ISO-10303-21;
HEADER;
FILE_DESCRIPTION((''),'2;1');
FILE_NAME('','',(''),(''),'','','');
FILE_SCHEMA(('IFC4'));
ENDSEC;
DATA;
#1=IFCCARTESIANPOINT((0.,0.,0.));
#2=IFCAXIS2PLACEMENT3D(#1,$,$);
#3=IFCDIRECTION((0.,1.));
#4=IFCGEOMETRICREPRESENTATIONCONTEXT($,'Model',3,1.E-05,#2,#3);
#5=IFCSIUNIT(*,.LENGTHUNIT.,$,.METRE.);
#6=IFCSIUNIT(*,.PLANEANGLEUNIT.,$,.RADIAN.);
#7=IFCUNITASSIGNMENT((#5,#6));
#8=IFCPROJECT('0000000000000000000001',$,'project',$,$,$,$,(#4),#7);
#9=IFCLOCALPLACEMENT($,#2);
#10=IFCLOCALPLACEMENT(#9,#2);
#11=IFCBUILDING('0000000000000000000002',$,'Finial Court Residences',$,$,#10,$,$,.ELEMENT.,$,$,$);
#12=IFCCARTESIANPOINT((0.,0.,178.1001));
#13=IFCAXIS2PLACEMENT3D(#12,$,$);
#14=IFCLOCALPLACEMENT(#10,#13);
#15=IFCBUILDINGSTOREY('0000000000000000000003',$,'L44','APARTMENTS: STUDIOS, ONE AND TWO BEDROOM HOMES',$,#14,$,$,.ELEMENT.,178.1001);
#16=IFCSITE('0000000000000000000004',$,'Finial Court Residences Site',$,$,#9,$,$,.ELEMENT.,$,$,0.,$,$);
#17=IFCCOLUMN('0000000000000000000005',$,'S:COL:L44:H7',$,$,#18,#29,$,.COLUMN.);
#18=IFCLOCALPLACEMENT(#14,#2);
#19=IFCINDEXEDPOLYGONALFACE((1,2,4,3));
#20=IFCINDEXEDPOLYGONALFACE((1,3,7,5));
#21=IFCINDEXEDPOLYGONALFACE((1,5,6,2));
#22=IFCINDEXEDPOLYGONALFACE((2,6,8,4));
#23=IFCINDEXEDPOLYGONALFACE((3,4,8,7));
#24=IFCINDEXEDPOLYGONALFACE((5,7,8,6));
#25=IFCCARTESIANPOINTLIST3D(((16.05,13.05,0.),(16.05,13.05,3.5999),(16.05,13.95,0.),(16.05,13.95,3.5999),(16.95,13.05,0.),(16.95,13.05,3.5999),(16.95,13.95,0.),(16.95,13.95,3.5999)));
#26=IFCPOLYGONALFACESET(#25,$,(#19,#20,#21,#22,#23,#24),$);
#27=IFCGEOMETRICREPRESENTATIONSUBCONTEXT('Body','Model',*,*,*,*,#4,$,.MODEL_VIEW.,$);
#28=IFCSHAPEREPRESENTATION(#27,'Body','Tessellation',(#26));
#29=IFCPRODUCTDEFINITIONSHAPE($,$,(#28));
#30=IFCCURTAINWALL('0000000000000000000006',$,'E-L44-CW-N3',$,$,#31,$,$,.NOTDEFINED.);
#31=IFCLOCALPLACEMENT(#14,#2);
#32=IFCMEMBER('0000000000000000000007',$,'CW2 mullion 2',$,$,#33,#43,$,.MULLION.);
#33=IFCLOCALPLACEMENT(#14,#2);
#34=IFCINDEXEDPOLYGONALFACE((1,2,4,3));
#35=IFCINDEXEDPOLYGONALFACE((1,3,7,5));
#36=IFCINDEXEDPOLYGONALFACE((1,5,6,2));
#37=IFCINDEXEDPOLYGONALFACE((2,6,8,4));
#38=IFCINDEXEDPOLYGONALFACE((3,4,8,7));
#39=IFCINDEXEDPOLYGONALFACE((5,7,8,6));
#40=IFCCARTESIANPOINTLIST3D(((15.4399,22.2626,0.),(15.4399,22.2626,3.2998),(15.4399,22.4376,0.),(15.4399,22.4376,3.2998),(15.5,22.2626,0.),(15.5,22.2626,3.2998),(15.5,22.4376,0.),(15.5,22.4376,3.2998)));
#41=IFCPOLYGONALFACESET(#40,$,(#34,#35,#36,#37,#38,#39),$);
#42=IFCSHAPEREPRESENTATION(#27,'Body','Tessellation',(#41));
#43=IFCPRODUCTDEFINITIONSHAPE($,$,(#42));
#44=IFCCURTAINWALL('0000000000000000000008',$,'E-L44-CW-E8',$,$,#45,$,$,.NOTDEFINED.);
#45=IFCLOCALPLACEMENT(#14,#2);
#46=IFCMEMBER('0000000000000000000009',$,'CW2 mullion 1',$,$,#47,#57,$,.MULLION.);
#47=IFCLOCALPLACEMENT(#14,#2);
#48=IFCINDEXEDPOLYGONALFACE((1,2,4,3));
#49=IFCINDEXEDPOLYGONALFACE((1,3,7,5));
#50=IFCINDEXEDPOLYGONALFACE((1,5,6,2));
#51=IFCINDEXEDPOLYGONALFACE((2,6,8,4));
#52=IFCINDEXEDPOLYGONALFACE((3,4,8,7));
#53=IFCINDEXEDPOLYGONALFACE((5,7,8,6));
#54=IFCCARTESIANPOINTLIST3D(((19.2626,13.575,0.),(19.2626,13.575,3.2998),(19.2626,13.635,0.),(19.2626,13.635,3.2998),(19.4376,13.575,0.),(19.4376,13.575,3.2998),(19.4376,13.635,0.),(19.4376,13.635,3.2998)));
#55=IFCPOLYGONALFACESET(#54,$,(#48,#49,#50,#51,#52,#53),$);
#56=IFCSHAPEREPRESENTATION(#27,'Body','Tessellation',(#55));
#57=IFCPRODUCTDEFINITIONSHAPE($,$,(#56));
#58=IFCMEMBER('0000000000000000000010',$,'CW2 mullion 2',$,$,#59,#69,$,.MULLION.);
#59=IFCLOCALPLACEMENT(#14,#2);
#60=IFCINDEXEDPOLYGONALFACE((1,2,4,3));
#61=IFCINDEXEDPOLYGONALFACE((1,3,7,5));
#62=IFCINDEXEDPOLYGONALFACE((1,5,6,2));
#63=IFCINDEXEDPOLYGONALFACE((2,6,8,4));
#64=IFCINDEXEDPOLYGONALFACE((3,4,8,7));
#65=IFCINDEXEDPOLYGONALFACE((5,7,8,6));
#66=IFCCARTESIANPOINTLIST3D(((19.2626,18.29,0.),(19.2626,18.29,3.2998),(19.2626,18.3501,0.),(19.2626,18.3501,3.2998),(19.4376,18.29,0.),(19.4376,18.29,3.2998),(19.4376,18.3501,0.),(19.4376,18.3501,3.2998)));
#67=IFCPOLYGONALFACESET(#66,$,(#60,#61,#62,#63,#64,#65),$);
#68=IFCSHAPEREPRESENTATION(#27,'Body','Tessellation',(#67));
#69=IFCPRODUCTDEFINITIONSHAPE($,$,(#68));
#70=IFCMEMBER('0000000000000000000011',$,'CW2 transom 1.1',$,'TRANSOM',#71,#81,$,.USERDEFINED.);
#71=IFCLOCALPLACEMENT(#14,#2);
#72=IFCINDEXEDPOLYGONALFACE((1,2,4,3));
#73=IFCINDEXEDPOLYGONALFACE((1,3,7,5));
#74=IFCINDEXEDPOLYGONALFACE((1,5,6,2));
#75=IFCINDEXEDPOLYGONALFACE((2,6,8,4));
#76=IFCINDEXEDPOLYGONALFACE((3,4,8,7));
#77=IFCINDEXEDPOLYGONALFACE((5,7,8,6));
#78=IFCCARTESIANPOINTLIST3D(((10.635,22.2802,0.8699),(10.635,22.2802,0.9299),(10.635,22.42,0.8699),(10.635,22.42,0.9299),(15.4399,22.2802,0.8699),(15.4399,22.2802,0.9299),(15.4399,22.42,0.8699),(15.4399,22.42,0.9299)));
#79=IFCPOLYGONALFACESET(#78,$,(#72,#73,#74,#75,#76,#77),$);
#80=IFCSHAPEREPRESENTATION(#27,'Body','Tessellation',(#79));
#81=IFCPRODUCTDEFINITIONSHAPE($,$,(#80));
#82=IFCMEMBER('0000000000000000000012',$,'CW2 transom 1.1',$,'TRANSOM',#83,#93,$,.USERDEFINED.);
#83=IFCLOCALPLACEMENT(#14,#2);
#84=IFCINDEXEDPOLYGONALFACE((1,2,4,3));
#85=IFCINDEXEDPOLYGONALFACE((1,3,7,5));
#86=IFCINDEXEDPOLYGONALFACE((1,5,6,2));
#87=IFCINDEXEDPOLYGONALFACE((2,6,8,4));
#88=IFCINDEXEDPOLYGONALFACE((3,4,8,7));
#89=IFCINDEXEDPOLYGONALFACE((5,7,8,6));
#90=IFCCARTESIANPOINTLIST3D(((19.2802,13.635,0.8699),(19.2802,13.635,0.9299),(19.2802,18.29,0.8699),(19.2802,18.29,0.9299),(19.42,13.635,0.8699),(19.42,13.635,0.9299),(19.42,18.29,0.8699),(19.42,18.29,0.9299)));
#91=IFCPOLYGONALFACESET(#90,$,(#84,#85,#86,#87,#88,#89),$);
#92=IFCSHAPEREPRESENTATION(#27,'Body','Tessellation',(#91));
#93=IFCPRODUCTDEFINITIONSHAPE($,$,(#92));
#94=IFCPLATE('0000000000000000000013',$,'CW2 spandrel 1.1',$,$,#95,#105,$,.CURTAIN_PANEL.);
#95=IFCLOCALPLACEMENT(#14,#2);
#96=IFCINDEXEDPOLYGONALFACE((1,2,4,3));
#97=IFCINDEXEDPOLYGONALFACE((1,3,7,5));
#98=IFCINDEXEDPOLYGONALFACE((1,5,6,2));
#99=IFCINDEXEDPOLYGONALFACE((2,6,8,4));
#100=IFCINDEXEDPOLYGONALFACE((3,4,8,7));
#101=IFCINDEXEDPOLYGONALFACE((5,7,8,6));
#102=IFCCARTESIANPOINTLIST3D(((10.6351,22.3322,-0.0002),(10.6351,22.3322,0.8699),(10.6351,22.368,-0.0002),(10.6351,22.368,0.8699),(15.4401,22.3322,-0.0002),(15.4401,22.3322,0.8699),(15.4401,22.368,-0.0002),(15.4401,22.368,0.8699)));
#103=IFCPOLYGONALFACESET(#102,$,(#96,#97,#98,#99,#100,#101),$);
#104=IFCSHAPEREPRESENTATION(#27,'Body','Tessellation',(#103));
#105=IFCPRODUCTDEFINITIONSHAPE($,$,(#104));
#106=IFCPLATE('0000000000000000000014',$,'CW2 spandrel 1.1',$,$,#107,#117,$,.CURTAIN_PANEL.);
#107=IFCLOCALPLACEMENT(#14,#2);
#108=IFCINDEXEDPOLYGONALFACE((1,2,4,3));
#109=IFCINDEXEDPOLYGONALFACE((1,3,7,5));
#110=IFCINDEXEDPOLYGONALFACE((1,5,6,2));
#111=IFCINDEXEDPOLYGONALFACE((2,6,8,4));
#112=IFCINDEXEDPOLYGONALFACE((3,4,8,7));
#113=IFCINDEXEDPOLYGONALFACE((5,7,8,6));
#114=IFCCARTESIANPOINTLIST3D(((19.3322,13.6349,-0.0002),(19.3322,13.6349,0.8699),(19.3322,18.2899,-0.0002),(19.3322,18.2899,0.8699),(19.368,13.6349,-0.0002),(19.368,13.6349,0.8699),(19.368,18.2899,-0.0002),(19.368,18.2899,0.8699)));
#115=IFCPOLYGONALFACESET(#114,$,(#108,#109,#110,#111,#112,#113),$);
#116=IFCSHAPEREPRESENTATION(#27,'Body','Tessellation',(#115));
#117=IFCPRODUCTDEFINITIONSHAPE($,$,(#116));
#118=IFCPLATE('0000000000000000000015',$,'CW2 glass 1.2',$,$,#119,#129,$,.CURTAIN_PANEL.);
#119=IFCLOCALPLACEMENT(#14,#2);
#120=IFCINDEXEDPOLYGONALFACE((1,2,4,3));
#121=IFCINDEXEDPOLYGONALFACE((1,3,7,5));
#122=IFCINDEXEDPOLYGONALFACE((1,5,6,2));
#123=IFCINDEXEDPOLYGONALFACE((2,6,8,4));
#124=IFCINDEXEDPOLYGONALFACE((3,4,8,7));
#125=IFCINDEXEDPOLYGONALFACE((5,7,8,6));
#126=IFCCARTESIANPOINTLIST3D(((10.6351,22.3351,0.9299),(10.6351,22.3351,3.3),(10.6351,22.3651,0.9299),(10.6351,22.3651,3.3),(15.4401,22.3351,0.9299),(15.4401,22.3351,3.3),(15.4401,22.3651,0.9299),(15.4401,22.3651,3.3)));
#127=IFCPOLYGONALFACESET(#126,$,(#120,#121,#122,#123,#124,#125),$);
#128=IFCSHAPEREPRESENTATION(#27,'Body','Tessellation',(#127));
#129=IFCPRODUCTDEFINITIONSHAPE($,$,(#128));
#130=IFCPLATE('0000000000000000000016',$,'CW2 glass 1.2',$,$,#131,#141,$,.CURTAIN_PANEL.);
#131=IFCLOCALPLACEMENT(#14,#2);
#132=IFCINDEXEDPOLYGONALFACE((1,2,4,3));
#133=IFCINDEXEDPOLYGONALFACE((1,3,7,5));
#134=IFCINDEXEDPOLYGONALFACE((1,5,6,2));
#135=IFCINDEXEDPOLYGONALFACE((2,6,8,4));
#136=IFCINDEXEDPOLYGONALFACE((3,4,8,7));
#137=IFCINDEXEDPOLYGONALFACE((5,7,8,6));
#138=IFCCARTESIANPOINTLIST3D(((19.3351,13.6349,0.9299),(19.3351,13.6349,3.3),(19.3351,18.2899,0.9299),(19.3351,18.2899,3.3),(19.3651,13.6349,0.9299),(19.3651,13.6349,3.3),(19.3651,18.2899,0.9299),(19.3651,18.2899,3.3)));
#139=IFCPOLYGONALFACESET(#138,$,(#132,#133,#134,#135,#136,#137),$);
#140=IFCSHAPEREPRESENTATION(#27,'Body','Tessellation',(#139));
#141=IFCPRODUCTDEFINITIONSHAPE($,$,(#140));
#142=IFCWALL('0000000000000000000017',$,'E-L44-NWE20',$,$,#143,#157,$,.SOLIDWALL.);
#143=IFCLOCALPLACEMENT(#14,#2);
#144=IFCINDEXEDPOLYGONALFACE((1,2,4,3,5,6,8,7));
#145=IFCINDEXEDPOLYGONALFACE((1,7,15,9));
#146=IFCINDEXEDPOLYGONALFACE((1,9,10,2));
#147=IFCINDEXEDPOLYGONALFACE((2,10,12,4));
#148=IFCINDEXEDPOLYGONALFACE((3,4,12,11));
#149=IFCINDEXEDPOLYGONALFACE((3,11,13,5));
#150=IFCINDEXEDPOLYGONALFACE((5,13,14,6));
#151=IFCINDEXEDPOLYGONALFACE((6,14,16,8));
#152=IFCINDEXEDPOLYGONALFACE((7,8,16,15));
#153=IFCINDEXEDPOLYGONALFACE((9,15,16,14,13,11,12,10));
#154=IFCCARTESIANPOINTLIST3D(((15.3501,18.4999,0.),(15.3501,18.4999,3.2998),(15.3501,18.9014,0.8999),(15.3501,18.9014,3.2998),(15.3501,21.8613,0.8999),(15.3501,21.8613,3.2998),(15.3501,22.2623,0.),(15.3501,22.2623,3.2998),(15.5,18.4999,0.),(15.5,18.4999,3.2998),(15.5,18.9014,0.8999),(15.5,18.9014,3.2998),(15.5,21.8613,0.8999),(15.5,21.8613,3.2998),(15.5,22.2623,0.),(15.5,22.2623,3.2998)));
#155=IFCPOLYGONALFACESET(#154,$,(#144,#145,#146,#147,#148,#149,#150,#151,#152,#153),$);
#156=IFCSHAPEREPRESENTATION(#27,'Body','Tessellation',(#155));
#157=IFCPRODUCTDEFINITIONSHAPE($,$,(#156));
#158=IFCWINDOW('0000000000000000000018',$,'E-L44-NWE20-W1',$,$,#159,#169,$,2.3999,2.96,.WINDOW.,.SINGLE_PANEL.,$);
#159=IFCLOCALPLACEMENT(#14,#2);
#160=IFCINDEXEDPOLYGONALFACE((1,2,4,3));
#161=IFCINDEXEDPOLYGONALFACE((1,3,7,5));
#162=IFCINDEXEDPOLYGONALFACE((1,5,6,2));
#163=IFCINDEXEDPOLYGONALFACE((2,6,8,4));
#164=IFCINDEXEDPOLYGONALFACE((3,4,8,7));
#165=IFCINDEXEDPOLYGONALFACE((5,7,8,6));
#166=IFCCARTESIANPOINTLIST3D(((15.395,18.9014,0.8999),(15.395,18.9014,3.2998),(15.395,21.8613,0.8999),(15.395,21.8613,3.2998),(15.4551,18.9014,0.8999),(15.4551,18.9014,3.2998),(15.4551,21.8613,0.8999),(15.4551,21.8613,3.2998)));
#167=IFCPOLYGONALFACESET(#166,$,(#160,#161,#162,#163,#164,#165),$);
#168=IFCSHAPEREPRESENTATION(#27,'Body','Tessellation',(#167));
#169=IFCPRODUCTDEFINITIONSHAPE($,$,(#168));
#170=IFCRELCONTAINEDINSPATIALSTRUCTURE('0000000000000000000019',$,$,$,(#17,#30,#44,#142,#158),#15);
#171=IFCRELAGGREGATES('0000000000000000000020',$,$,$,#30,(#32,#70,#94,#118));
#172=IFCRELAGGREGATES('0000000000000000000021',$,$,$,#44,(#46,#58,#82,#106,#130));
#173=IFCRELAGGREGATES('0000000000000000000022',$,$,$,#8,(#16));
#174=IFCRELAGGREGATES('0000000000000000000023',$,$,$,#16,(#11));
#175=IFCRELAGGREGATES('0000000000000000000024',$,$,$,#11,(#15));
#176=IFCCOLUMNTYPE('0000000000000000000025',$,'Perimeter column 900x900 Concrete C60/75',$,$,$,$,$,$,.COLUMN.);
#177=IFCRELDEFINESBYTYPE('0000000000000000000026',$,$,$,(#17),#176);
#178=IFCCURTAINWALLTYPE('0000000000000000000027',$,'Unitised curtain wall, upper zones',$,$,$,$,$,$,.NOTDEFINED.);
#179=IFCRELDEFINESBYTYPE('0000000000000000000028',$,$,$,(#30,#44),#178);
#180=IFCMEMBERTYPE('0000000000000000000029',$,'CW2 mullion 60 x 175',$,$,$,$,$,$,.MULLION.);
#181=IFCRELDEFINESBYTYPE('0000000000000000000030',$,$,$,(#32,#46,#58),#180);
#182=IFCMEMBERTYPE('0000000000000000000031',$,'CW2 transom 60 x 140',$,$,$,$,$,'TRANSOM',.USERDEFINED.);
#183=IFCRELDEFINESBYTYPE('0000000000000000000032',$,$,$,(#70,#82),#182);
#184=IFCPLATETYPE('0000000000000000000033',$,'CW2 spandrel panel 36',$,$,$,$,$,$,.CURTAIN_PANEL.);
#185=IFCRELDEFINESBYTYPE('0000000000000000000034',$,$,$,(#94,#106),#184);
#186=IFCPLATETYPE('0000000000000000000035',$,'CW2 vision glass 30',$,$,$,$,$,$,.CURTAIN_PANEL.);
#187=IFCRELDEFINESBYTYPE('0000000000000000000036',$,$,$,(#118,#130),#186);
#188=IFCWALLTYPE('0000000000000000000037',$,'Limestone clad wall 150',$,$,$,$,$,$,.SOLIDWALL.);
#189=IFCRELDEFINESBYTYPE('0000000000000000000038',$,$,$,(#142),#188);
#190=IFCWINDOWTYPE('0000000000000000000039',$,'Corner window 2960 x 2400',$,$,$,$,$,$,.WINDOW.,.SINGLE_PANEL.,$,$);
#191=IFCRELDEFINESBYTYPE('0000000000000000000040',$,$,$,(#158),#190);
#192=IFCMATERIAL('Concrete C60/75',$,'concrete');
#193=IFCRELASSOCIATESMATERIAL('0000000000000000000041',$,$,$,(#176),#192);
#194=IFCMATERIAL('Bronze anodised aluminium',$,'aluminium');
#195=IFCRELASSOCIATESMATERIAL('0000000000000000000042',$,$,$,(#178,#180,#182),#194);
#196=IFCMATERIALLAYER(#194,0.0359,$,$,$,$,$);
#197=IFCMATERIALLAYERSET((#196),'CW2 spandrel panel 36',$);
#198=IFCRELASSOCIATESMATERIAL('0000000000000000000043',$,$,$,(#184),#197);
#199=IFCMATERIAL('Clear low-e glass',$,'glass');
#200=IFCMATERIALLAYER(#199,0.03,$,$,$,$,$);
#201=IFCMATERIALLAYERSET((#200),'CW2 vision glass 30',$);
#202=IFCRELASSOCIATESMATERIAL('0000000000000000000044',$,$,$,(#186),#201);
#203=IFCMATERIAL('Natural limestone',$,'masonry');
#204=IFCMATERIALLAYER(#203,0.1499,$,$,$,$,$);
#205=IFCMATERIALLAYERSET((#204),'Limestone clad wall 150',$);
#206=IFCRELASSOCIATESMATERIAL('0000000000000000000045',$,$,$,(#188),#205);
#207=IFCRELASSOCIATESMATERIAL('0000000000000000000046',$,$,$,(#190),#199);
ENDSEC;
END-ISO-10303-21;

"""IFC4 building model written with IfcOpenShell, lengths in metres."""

from ifc_helpers import new_model, si_unit, direction, frame, frame_2d, origin, origin_2d, place, context, subcontext, project, spatial, rectangle, extrude, material, layer, layer_set, material_profile, profile_set, type_object, element, fill, aggregate, save


model = new_model("IFC4")

# Units and contexts
model_context = context("Model", 3, precision=1e-05, world=origin(), true_north=direction((0.0, 1.0)))
body_context = subcontext(model_context, "Body", "Model", "MODEL_VIEW")
ifc_project = project(units=[si_unit("LENGTHUNIT", "METRE"), si_unit("PLANEANGLEUNIT", "RADIAN")], contexts=[model_context])

# Site, building, storey
site_placement = place(None, origin())
site = spatial("IfcSite", under=ifc_project, at=site_placement, Name="Finial Court Residences Site", CompositionType="ELEMENT", RefElevation=0.0)
building_placement = place(site_placement, origin())
building = spatial("IfcBuilding", under=site, at=building_placement, Name="Finial Court Residences", CompositionType="ELEMENT")
storey_placement = place(building_placement, frame((0.0, 0.0, 178.1001)))
storey = spatial("IfcBuildingStorey", under=building, at=storey_placement, Name="L44", Description="APARTMENTS: STUDIOS, ONE AND TWO BEDROOM HOMES", CompositionType="ELEMENT", Elevation=178.1001)

# Column
ifc_material_1 = material(Name="Concrete C60/75", Category="concrete")
ifc_material_profile_1 = material_profile(ifc_material_1, rectangle(XDim=0.8999, YDim=0.8999, at=origin_2d()), Name="900x900")
ifc_profile_set_1 = profile_set([ifc_material_profile_1], Name="Concrete C60/75")
column_type = type_object("IfcColumnType", Name="Perimeter column 900x900 Concrete C60/75", PredefinedType="COLUMN", material=ifc_profile_set_1)
column_placement = place(storey_placement, frame((16.5, 13.5, 0.0), z_axis=(0.0, 0.0, 1.0), x_axis=(1.0, 0.0, 0.0)))
element("IfcColumn", 1, at=column_placement, inside=storey, type_object=column_type, Name="S:COL:L44:H7", PredefinedType="COLUMN", context=body_context, shape_type="SweptSolid", body=[
    extrude(rectangle(XDim=0.8999, YDim=0.8999, at=origin_2d()), origin(), (0.0, 0.0, 1.0), 3.5999),
])

# Curtain wall, member
ifc_material_2 = material(Name="Bronze anodised aluminium", Category="aluminium")
curtain_wall_type = type_object("IfcCurtainWallType", Name="Unitised curtain wall, upper zones", PredefinedType="NOTDEFINED", material=ifc_material_2)
curtain_wall_1_placement = place(storey_placement, origin())
curtain_wall_1 = element("IfcCurtainWall", 2, at=curtain_wall_1_placement, inside=storey, type_object=curtain_wall_type, Name="E-L44-CW-N3", PredefinedType="NOTDEFINED")
ifc_material_profile_2 = material_profile(ifc_material_2, rectangle(XDim=0.175, YDim=0.0601, at=origin_2d()), Name="CW2 mullion 60 x 175")
ifc_profile_set_2 = profile_set([ifc_material_profile_2], Name="Bronze anodised aluminium")
member_type_1 = type_object("IfcMemberType", Name="CW2 mullion 60 x 175", PredefinedType="MULLION", material=ifc_profile_set_2)
member_1_placement = place(storey_placement, frame((15.47, 22.3501, 0.0), z_axis=(0.0, 0.0, 1.0), x_axis=(0.0, 1.0, 0.0)))
member_1 = element("IfcMember", 3, at=member_1_placement, type_object=member_type_1, Name="CW2 mullion 2", PredefinedType="MULLION", context=body_context, shape_type="SweptSolid", body=[
    extrude(rectangle(XDim=0.175, YDim=0.0601, at=origin_2d()), origin(), (0.0, 0.0, 1.0), 3.2998),
])

# Curtain wall, members
curtain_wall_2_placement = place(storey_placement, origin())
curtain_wall_2 = element("IfcCurtainWall", 4, at=curtain_wall_2_placement, inside=storey, type_object=curtain_wall_type, Name="E-L44-CW-E8", PredefinedType="NOTDEFINED")
member_2_placement = place(storey_placement, frame((19.3501, 13.605, 0.0), z_axis=(0.0, 0.0, 1.0), x_axis=(-1.0, 0.0, 0.0)))
member_2 = element("IfcMember", 5, at=member_2_placement, type_object=member_type_1, Name="CW2 mullion 1", PredefinedType="MULLION", context=body_context, shape_type="SweptSolid", body=[
    extrude(rectangle(XDim=0.175, YDim=0.0601, at=origin_2d()), origin(), (0.0, 0.0, 1.0), 3.2998),
])
member_3_placement = place(storey_placement, frame((19.3501, 18.3201, 0.0), z_axis=(0.0, 0.0, 1.0), x_axis=(-1.0, 0.0, 0.0)))
member_3 = element("IfcMember", 6, at=member_3_placement, type_object=member_type_1, Name="CW2 mullion 2", PredefinedType="MULLION", context=body_context, shape_type="SweptSolid", body=[
    extrude(rectangle(XDim=0.175, YDim=0.0601, at=origin_2d()), origin(), (0.0, 0.0, 1.0), 3.2998),
])

# Members
ifc_material_profile_3 = material_profile(ifc_material_2, rectangle(XDim=0.1399, YDim=0.0601, at=origin_2d()), Name="CW2 transom 60 x 140")
ifc_profile_set_3 = profile_set([ifc_material_profile_3], Name="Bronze anodised aluminium")
member_type_2 = type_object("IfcMemberType", Name="CW2 transom 60 x 140", ElementType="TRANSOM", PredefinedType="USERDEFINED", material=ifc_profile_set_3)
member_4_placement = place(storey_placement, frame((10.635, 22.3501, 0.8999), z_axis=(1.0, 0.0, 0.0), x_axis=(0.0, 1.0, 0.0)))
member_4 = element("IfcMember", 7, at=member_4_placement, type_object=member_type_2, Name="CW2 transom 1.1", ObjectType="TRANSOM", PredefinedType="USERDEFINED", context=body_context, shape_type="SweptSolid", body=[
    extrude(rectangle(XDim=0.1399, YDim=0.0601, at=origin_2d()), origin(), (0.0, 0.0, 1.0), 4.8049),
])
member_5_placement = place(storey_placement, frame((19.3501, 13.635, 0.8999), z_axis=(0.0, 1.0, 0.0), x_axis=(-1.0, 0.0, 0.0)))
member_5 = element("IfcMember", 8, at=member_5_placement, type_object=member_type_2, Name="CW2 transom 1.1", ObjectType="TRANSOM", PredefinedType="USERDEFINED", context=body_context, shape_type="SweptSolid", body=[
    extrude(rectangle(XDim=0.1399, YDim=0.0601, at=origin_2d()), origin(), (0.0, 0.0, 1.0), 4.655),
])

# Plates
ifc_layer_1 = layer(ifc_material_2, 0.0359)
ifc_layer_set_1 = layer_set([ifc_layer_1], Name="CW2 spandrel panel 36")
plate_type_1 = type_object("IfcPlateType", Name="CW2 spandrel panel 36", PredefinedType="CURTAIN_PANEL", material=ifc_layer_set_1)
plate_1_placement = place(storey_placement, frame((13.0376, 22.3501, -0.0002), z_axis=(0.0, 0.0, 1.0), x_axis=(1.0, 0.0, 0.0)))
plate_1 = element("IfcPlate", 9, at=plate_1_placement, type_object=plate_type_1, Name="CW2 spandrel 1.1", PredefinedType="CURTAIN_PANEL", context=body_context, shape_type="SweptSolid", body=[
    extrude(rectangle(XDim=4.8049, YDim=0.0359, at=origin_2d()), origin(), (0.0, 0.0, 1.0), 0.8701),
])
plate_2_placement = place(storey_placement, frame((19.3501, 15.9624, -0.0002), z_axis=(0.0, 0.0, 1.0), x_axis=(0.0, 1.0, 0.0)))
plate_2 = element("IfcPlate", 10, at=plate_2_placement, type_object=plate_type_1, Name="CW2 spandrel 1.1", PredefinedType="CURTAIN_PANEL", context=body_context, shape_type="SweptSolid", body=[
    extrude(rectangle(XDim=4.655, YDim=0.0359, at=origin_2d()), origin(), (0.0, 0.0, 1.0), 0.8701),
])
ifc_material_3 = material(Name="Clear low-e glass", Category="glass")
ifc_layer_2 = layer(ifc_material_3, 0.03)
ifc_layer_set_2 = layer_set([ifc_layer_2], Name="CW2 vision glass 30")
plate_type_2 = type_object("IfcPlateType", Name="CW2 vision glass 30", PredefinedType="CURTAIN_PANEL", material=ifc_layer_set_2)
plate_3_placement = place(storey_placement, frame((13.0376, 22.3501, 0.9299), z_axis=(0.0, 0.0, 1.0), x_axis=(1.0, 0.0, 0.0)))
plate_3 = element("IfcPlate", 11, at=plate_3_placement, type_object=plate_type_2, Name="CW2 glass 1.2", PredefinedType="CURTAIN_PANEL", context=body_context, shape_type="SweptSolid", body=[
    extrude(rectangle(XDim=4.8049, YDim=0.03, at=origin_2d()), origin(), (0.0, 0.0, 1.0), 2.3701),
])
aggregate(curtain_wall_1, [member_1, member_4, plate_1, plate_3])
plate_4_placement = place(storey_placement, frame((19.3501, 15.9624, 0.9299), z_axis=(0.0, 0.0, 1.0), x_axis=(0.0, 1.0, 0.0)))
plate_4 = element("IfcPlate", 12, at=plate_4_placement, type_object=plate_type_2, Name="CW2 glass 1.2", PredefinedType="CURTAIN_PANEL", context=body_context, shape_type="SweptSolid", body=[
    extrude(rectangle(XDim=4.655, YDim=0.03, at=origin_2d()), origin(), (0.0, 0.0, 1.0), 2.3701),
])
aggregate(curtain_wall_2, [member_2, member_3, member_5, plate_2, plate_4])

# Wall, opening, window
ifc_material_4 = material(Name="Natural limestone", Category="masonry")
ifc_layer_3 = layer(ifc_material_4, 0.1499)
ifc_layer_set_3 = layer_set([ifc_layer_3], Name="Limestone clad wall 150")
wall_type = type_object("IfcWallType", Name="Limestone clad wall 150", PredefinedType="SOLIDWALL", material=ifc_layer_set_3)
wall_1_placement = place(storey_placement, frame((15.425, 22.2625, 0.0), z_axis=(0.0, 0.0, 1.0), x_axis=(0.0, -1.0, 0.0)))
wall_1 = element("IfcWall", 13, at=wall_1_placement, inside=storey, type_object=wall_type, Name="E-L44-NWE20", PredefinedType="SOLIDWALL", context=body_context, shape_type="SweptSolid", body=[
    extrude(rectangle(XDim=3.7625, YDim=0.1499, at=frame_2d((1.8813, 0.0))), origin(), (0.0, 0.0, 1.0), 3.2998),
])
opening_1_placement = place(wall_1_placement, frame((0.4011, 0.0, 0.8999)))
opening_1 = element("IfcOpeningElement", 14, at=opening_1_placement, cuts=wall_1, PredefinedType="OPENING", context=body_context, shape_type="SweptSolid", body=[
    extrude(rectangle(XDim=2.96, YDim=2.3999, at=frame_2d((1.48, 1.2))), frame((0.0, 0.085, 0.0), z_axis=(0.0, -1.0, 0.0), x_axis=(1.0, 0.0, 0.0)), (0.0, 0.0, 1.0), 0.1699),
])
window_type_1 = type_object("IfcWindowType", Name="Corner window 2960 x 2400", PartitioningType="SINGLE_PANEL", PredefinedType="WINDOW", material=ifc_material_3)
window_1_placement = place(opening_1_placement, origin())
window_1 = element("IfcWindow", 15, at=window_1_placement, inside=storey, type_object=window_type_1, Name="E-L44-NWE20-W1", OverallHeight=2.3999, OverallWidth=2.96, PartitioningType="SINGLE_PANEL", PredefinedType="WINDOW", context=body_context, shape_type="SweptSolid", body=[
    extrude(rectangle(XDim=2.96, YDim=2.3999, at=frame_2d((1.48, 1.2))), frame((0.0, 0.03, 0.0), z_axis=(0.0, -1.0, 0.0), x_axis=(1.0, 0.0, 0.0)), (0.0, 0.0, 1.0), 0.0601),
])
fill(opening_1, window_1)

save(model, "model.ifc")
